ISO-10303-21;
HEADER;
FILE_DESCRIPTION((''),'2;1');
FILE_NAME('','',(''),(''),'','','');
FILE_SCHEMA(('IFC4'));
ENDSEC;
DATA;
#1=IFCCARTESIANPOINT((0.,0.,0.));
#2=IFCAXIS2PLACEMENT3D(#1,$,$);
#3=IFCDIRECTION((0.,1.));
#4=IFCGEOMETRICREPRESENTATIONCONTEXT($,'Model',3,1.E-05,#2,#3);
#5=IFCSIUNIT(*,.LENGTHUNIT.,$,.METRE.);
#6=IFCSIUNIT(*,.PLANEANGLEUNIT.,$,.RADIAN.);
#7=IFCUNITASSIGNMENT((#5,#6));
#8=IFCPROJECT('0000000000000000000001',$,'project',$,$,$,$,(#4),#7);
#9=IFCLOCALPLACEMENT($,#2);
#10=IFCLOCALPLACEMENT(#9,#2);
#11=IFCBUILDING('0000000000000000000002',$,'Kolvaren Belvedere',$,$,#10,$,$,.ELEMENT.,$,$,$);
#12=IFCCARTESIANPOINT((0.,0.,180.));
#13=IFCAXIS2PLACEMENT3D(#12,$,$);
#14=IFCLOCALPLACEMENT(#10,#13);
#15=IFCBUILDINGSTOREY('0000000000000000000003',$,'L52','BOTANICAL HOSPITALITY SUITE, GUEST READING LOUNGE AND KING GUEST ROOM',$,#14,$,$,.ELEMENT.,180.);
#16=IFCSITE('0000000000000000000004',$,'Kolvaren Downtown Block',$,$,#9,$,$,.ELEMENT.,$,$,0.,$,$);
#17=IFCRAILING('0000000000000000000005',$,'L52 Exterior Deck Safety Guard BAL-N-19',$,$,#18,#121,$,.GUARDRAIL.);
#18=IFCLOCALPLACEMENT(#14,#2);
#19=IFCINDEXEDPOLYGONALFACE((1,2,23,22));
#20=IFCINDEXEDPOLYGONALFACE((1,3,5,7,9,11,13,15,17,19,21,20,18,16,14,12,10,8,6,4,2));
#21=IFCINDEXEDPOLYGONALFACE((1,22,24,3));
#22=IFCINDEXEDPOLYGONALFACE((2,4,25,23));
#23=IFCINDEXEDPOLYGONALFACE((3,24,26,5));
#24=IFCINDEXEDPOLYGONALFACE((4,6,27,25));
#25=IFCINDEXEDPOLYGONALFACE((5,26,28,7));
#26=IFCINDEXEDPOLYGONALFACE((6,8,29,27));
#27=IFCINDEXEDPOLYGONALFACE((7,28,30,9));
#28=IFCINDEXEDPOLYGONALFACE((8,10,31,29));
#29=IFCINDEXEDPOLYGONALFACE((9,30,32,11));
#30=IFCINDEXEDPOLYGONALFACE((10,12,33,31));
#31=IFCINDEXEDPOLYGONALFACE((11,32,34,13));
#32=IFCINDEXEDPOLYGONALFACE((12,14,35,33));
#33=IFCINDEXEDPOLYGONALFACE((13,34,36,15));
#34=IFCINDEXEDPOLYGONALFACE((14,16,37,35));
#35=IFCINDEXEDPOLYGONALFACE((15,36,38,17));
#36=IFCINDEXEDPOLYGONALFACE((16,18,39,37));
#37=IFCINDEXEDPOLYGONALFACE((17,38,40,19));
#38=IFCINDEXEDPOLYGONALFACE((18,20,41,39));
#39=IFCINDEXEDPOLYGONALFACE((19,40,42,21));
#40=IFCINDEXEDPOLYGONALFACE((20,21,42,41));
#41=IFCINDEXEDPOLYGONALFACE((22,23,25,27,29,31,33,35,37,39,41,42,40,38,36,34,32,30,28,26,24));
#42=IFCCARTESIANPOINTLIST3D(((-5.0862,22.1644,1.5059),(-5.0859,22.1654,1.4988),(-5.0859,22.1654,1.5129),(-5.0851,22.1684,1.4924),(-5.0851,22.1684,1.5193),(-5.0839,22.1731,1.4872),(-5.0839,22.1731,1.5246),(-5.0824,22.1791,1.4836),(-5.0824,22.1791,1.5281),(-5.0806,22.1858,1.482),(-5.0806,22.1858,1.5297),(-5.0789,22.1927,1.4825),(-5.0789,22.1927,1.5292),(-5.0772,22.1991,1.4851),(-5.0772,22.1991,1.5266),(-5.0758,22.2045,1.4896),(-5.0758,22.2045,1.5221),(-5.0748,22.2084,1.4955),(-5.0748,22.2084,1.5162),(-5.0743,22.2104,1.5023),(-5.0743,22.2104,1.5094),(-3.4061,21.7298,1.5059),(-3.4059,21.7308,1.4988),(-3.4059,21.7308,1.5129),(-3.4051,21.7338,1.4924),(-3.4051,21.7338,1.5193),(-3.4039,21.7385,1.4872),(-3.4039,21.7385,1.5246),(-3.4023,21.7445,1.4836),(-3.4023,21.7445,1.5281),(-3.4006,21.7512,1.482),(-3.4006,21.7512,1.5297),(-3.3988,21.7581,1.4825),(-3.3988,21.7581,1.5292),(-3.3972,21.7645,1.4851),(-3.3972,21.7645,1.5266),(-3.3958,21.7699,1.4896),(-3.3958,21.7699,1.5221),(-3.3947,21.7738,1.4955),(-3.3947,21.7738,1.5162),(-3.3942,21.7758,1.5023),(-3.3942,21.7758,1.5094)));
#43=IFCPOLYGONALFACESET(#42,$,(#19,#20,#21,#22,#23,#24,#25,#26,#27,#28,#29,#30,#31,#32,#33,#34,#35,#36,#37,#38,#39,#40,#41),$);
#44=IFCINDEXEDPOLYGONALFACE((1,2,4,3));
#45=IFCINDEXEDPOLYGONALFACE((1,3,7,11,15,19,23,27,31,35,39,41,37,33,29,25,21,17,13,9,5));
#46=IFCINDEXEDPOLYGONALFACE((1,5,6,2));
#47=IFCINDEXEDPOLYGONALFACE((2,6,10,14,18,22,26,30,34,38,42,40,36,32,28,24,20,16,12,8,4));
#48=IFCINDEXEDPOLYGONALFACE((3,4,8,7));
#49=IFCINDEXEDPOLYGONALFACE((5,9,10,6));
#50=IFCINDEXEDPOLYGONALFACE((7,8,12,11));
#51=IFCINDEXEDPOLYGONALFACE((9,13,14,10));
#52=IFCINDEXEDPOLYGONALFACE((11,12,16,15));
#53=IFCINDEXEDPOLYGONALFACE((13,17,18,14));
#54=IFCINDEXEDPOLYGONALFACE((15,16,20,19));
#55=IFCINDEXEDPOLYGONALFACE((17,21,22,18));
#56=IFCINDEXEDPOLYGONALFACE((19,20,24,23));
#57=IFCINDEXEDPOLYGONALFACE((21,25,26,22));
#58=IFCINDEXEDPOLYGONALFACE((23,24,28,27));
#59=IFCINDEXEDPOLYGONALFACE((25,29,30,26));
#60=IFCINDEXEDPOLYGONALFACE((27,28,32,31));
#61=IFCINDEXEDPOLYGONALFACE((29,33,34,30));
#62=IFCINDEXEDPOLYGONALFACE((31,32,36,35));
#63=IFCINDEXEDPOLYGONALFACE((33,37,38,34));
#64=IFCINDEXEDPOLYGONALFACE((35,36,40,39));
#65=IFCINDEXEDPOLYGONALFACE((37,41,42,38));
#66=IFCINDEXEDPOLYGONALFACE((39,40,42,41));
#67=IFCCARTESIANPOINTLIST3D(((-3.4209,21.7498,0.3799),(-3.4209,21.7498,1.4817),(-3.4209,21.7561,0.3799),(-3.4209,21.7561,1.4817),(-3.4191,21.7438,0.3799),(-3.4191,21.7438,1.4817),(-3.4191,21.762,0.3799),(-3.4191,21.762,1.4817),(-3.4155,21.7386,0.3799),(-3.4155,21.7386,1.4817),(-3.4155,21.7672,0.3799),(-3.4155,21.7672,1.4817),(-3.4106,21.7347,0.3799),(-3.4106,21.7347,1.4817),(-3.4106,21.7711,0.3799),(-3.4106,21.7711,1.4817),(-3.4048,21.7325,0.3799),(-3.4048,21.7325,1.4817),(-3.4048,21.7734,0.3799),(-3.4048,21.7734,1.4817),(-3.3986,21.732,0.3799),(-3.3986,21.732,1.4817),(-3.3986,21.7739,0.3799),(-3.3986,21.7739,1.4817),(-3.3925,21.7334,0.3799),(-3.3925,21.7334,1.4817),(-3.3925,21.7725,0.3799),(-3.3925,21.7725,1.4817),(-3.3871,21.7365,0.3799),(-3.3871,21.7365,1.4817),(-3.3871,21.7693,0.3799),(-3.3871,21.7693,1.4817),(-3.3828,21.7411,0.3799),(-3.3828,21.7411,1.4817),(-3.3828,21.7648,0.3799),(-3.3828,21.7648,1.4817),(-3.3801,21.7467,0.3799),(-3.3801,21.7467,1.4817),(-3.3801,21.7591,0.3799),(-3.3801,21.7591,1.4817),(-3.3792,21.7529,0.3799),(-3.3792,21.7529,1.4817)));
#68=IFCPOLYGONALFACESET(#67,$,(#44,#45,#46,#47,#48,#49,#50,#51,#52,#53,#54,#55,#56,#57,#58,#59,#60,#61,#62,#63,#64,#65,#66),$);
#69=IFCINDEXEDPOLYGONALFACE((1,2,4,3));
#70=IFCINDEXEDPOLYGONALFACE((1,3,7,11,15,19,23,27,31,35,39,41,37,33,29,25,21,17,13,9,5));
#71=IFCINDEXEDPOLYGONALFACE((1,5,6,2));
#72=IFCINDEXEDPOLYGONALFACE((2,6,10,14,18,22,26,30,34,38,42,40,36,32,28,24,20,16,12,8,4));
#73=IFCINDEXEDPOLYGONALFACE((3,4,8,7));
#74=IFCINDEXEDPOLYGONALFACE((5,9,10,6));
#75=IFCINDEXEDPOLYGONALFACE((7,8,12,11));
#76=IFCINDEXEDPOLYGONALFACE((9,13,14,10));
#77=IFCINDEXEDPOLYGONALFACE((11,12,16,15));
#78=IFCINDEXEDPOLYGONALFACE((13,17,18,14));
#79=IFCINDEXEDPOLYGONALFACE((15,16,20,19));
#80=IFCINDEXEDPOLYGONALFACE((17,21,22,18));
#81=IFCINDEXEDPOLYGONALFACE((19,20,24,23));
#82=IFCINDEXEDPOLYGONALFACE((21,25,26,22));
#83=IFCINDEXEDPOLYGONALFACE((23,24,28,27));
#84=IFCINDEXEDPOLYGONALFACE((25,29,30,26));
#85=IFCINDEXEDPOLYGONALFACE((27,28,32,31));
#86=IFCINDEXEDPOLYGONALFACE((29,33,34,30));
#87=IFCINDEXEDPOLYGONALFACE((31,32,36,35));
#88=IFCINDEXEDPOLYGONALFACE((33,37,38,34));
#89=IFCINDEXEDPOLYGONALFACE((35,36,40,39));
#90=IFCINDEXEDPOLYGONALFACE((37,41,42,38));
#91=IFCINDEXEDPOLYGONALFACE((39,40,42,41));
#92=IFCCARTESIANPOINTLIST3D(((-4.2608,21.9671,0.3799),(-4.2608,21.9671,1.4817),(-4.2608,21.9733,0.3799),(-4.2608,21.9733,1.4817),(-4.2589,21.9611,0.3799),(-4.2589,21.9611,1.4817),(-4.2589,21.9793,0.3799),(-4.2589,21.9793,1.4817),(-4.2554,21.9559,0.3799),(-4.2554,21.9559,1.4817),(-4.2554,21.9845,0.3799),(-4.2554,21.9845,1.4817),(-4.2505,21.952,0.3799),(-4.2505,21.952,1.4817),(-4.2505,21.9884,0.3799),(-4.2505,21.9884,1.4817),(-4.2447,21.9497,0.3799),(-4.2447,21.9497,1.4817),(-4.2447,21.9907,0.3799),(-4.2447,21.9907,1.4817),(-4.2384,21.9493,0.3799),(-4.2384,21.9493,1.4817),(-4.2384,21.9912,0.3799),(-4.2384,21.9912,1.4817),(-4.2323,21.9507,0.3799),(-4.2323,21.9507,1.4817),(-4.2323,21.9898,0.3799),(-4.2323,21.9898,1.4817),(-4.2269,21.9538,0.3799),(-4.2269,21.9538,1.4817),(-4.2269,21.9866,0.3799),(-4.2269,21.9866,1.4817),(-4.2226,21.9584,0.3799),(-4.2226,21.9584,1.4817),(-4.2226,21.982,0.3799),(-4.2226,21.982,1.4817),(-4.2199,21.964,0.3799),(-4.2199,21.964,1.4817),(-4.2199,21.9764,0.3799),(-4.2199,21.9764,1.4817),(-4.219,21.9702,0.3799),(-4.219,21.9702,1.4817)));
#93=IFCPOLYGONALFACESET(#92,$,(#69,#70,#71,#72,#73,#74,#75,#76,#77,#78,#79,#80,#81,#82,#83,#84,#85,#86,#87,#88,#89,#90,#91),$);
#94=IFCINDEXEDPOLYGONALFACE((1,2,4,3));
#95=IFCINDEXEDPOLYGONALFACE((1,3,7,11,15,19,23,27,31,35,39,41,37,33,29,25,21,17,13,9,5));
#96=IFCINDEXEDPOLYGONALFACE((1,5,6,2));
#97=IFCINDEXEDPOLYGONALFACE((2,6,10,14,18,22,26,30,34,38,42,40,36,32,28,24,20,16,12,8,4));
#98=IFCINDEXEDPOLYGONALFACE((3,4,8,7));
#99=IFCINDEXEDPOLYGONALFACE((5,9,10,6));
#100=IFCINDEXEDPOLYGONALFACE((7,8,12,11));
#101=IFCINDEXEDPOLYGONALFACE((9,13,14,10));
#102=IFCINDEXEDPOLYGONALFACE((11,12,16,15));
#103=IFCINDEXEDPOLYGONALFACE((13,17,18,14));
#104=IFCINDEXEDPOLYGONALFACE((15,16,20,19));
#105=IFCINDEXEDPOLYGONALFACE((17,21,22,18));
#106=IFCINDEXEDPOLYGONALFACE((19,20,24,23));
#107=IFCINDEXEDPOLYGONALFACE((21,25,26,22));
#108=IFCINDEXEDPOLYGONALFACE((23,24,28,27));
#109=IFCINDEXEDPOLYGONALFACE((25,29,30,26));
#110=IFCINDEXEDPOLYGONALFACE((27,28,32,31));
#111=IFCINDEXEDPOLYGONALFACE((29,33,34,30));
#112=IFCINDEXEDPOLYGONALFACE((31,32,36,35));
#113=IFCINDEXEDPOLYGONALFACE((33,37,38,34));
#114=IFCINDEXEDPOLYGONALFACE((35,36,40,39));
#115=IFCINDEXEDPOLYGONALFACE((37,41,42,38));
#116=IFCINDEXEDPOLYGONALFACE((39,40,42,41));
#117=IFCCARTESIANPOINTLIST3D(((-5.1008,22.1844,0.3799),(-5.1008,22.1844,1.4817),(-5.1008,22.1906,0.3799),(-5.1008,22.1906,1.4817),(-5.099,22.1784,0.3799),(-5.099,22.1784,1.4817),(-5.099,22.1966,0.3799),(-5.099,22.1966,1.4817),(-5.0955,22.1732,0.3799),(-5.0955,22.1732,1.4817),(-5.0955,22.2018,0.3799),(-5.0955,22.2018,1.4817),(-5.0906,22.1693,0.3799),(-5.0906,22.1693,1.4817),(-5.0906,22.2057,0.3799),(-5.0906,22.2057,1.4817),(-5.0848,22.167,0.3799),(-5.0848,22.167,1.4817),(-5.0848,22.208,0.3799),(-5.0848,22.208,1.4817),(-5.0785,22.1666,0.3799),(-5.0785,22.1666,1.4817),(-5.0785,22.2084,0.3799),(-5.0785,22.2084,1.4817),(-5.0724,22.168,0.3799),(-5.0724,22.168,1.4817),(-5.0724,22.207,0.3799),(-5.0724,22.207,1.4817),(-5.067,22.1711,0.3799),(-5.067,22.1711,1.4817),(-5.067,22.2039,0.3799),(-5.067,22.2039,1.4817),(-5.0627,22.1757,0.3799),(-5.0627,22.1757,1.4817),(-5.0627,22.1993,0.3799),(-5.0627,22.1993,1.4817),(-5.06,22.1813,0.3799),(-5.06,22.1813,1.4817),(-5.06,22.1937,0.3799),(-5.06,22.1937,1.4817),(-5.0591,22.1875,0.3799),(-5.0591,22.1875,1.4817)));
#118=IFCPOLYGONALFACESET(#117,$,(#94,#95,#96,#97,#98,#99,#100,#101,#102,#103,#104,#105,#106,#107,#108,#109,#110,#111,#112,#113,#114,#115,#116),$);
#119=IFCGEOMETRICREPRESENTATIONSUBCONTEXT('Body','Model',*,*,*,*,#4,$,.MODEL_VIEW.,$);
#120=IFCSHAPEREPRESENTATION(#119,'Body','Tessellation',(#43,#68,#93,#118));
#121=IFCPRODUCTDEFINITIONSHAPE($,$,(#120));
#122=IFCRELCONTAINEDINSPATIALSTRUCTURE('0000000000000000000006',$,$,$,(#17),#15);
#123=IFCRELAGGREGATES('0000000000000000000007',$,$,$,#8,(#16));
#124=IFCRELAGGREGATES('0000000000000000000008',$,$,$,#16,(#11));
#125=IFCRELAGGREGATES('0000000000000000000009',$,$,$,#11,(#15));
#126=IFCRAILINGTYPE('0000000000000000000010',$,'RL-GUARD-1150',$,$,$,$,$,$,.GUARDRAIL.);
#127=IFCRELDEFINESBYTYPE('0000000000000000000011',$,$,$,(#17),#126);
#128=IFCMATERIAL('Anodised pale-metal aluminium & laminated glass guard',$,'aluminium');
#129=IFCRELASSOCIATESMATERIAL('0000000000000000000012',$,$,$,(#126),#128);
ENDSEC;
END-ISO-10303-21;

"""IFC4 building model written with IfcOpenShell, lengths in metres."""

from ifc_helpers import new_model, si_unit, direction, frame, origin, origin_2d, place, context, subcontext, project, spatial, circle, extrude, material, type_object, element, save


model = new_model("IFC4")

# Units and contexts
model_context = context("Model", 3, precision=1e-05, world=origin(), true_north=direction((0.0, 1.0)))
body_context = subcontext(model_context, "Body", "Model", "MODEL_VIEW")
ifc_project = project(units=[si_unit("LENGTHUNIT", "METRE"), si_unit("PLANEANGLEUNIT", "RADIAN")], contexts=[model_context])

# Site, building, storey
site_placement = place(None, origin())
site = spatial("IfcSite", under=ifc_project, at=site_placement, Name="Kolvaren Downtown Block", CompositionType="ELEMENT", RefElevation=0.0)
building_placement = place(site_placement, origin())
building = spatial("IfcBuilding", under=site, at=building_placement, Name="Kolvaren Belvedere", CompositionType="ELEMENT")
storey_placement = place(building_placement, frame((0.0, 0.0, 180.0)))
storey = spatial("IfcBuildingStorey", under=building, at=storey_placement, Name="L52", Description="BOTANICAL HOSPITALITY SUITE, GUEST READING LOUNGE AND KING GUEST ROOM", CompositionType="ELEMENT", Elevation=180.0)

# Railing
ifc_material_1 = material(Name="Anodised pale-metal aluminium & laminated glass guard", Category="aluminium")
railing_type = type_object("IfcRailingType", Name="RL-GUARD-1150", PredefinedType="GUARDRAIL", material=ifc_material_1)
railing_1_placement = place(storey_placement, frame((-3.4001, 21.7529, 0.3799)))
element("IfcRailing", 1, at=railing_1_placement, inside=storey, type_object=railing_type, Name="L52 Exterior Deck Safety Guard BAL-N-19", PredefinedType="GUARDRAIL", context=body_context, shape_type="SweptSolid", body=[
    extrude(circle(Radius=0.0239, at=origin_2d()), frame((0.0, 0.0, 1.126), z_axis=(-0.968132, 0.25044, 0.0), x_axis=(-0.25044, -0.968132, 0.0)), (0.0, 0.0, 1.0), 1.7354),
    extrude(circle(Radius=0.021, at=origin_2d()), origin(), (0.0, 0.0, 1.0), 1.1018),
    extrude(circle(Radius=0.021, at=origin_2d()), frame((-0.8398, 0.2173, 0.0)), (0.0, 0.0, 1.0), 1.1018),
    extrude(circle(Radius=0.021, at=origin_2d()), frame((-1.6799, 0.4346, 0.0)), (0.0, 0.0, 1.0), 1.1018),
])

save(model, "model.ifc")
